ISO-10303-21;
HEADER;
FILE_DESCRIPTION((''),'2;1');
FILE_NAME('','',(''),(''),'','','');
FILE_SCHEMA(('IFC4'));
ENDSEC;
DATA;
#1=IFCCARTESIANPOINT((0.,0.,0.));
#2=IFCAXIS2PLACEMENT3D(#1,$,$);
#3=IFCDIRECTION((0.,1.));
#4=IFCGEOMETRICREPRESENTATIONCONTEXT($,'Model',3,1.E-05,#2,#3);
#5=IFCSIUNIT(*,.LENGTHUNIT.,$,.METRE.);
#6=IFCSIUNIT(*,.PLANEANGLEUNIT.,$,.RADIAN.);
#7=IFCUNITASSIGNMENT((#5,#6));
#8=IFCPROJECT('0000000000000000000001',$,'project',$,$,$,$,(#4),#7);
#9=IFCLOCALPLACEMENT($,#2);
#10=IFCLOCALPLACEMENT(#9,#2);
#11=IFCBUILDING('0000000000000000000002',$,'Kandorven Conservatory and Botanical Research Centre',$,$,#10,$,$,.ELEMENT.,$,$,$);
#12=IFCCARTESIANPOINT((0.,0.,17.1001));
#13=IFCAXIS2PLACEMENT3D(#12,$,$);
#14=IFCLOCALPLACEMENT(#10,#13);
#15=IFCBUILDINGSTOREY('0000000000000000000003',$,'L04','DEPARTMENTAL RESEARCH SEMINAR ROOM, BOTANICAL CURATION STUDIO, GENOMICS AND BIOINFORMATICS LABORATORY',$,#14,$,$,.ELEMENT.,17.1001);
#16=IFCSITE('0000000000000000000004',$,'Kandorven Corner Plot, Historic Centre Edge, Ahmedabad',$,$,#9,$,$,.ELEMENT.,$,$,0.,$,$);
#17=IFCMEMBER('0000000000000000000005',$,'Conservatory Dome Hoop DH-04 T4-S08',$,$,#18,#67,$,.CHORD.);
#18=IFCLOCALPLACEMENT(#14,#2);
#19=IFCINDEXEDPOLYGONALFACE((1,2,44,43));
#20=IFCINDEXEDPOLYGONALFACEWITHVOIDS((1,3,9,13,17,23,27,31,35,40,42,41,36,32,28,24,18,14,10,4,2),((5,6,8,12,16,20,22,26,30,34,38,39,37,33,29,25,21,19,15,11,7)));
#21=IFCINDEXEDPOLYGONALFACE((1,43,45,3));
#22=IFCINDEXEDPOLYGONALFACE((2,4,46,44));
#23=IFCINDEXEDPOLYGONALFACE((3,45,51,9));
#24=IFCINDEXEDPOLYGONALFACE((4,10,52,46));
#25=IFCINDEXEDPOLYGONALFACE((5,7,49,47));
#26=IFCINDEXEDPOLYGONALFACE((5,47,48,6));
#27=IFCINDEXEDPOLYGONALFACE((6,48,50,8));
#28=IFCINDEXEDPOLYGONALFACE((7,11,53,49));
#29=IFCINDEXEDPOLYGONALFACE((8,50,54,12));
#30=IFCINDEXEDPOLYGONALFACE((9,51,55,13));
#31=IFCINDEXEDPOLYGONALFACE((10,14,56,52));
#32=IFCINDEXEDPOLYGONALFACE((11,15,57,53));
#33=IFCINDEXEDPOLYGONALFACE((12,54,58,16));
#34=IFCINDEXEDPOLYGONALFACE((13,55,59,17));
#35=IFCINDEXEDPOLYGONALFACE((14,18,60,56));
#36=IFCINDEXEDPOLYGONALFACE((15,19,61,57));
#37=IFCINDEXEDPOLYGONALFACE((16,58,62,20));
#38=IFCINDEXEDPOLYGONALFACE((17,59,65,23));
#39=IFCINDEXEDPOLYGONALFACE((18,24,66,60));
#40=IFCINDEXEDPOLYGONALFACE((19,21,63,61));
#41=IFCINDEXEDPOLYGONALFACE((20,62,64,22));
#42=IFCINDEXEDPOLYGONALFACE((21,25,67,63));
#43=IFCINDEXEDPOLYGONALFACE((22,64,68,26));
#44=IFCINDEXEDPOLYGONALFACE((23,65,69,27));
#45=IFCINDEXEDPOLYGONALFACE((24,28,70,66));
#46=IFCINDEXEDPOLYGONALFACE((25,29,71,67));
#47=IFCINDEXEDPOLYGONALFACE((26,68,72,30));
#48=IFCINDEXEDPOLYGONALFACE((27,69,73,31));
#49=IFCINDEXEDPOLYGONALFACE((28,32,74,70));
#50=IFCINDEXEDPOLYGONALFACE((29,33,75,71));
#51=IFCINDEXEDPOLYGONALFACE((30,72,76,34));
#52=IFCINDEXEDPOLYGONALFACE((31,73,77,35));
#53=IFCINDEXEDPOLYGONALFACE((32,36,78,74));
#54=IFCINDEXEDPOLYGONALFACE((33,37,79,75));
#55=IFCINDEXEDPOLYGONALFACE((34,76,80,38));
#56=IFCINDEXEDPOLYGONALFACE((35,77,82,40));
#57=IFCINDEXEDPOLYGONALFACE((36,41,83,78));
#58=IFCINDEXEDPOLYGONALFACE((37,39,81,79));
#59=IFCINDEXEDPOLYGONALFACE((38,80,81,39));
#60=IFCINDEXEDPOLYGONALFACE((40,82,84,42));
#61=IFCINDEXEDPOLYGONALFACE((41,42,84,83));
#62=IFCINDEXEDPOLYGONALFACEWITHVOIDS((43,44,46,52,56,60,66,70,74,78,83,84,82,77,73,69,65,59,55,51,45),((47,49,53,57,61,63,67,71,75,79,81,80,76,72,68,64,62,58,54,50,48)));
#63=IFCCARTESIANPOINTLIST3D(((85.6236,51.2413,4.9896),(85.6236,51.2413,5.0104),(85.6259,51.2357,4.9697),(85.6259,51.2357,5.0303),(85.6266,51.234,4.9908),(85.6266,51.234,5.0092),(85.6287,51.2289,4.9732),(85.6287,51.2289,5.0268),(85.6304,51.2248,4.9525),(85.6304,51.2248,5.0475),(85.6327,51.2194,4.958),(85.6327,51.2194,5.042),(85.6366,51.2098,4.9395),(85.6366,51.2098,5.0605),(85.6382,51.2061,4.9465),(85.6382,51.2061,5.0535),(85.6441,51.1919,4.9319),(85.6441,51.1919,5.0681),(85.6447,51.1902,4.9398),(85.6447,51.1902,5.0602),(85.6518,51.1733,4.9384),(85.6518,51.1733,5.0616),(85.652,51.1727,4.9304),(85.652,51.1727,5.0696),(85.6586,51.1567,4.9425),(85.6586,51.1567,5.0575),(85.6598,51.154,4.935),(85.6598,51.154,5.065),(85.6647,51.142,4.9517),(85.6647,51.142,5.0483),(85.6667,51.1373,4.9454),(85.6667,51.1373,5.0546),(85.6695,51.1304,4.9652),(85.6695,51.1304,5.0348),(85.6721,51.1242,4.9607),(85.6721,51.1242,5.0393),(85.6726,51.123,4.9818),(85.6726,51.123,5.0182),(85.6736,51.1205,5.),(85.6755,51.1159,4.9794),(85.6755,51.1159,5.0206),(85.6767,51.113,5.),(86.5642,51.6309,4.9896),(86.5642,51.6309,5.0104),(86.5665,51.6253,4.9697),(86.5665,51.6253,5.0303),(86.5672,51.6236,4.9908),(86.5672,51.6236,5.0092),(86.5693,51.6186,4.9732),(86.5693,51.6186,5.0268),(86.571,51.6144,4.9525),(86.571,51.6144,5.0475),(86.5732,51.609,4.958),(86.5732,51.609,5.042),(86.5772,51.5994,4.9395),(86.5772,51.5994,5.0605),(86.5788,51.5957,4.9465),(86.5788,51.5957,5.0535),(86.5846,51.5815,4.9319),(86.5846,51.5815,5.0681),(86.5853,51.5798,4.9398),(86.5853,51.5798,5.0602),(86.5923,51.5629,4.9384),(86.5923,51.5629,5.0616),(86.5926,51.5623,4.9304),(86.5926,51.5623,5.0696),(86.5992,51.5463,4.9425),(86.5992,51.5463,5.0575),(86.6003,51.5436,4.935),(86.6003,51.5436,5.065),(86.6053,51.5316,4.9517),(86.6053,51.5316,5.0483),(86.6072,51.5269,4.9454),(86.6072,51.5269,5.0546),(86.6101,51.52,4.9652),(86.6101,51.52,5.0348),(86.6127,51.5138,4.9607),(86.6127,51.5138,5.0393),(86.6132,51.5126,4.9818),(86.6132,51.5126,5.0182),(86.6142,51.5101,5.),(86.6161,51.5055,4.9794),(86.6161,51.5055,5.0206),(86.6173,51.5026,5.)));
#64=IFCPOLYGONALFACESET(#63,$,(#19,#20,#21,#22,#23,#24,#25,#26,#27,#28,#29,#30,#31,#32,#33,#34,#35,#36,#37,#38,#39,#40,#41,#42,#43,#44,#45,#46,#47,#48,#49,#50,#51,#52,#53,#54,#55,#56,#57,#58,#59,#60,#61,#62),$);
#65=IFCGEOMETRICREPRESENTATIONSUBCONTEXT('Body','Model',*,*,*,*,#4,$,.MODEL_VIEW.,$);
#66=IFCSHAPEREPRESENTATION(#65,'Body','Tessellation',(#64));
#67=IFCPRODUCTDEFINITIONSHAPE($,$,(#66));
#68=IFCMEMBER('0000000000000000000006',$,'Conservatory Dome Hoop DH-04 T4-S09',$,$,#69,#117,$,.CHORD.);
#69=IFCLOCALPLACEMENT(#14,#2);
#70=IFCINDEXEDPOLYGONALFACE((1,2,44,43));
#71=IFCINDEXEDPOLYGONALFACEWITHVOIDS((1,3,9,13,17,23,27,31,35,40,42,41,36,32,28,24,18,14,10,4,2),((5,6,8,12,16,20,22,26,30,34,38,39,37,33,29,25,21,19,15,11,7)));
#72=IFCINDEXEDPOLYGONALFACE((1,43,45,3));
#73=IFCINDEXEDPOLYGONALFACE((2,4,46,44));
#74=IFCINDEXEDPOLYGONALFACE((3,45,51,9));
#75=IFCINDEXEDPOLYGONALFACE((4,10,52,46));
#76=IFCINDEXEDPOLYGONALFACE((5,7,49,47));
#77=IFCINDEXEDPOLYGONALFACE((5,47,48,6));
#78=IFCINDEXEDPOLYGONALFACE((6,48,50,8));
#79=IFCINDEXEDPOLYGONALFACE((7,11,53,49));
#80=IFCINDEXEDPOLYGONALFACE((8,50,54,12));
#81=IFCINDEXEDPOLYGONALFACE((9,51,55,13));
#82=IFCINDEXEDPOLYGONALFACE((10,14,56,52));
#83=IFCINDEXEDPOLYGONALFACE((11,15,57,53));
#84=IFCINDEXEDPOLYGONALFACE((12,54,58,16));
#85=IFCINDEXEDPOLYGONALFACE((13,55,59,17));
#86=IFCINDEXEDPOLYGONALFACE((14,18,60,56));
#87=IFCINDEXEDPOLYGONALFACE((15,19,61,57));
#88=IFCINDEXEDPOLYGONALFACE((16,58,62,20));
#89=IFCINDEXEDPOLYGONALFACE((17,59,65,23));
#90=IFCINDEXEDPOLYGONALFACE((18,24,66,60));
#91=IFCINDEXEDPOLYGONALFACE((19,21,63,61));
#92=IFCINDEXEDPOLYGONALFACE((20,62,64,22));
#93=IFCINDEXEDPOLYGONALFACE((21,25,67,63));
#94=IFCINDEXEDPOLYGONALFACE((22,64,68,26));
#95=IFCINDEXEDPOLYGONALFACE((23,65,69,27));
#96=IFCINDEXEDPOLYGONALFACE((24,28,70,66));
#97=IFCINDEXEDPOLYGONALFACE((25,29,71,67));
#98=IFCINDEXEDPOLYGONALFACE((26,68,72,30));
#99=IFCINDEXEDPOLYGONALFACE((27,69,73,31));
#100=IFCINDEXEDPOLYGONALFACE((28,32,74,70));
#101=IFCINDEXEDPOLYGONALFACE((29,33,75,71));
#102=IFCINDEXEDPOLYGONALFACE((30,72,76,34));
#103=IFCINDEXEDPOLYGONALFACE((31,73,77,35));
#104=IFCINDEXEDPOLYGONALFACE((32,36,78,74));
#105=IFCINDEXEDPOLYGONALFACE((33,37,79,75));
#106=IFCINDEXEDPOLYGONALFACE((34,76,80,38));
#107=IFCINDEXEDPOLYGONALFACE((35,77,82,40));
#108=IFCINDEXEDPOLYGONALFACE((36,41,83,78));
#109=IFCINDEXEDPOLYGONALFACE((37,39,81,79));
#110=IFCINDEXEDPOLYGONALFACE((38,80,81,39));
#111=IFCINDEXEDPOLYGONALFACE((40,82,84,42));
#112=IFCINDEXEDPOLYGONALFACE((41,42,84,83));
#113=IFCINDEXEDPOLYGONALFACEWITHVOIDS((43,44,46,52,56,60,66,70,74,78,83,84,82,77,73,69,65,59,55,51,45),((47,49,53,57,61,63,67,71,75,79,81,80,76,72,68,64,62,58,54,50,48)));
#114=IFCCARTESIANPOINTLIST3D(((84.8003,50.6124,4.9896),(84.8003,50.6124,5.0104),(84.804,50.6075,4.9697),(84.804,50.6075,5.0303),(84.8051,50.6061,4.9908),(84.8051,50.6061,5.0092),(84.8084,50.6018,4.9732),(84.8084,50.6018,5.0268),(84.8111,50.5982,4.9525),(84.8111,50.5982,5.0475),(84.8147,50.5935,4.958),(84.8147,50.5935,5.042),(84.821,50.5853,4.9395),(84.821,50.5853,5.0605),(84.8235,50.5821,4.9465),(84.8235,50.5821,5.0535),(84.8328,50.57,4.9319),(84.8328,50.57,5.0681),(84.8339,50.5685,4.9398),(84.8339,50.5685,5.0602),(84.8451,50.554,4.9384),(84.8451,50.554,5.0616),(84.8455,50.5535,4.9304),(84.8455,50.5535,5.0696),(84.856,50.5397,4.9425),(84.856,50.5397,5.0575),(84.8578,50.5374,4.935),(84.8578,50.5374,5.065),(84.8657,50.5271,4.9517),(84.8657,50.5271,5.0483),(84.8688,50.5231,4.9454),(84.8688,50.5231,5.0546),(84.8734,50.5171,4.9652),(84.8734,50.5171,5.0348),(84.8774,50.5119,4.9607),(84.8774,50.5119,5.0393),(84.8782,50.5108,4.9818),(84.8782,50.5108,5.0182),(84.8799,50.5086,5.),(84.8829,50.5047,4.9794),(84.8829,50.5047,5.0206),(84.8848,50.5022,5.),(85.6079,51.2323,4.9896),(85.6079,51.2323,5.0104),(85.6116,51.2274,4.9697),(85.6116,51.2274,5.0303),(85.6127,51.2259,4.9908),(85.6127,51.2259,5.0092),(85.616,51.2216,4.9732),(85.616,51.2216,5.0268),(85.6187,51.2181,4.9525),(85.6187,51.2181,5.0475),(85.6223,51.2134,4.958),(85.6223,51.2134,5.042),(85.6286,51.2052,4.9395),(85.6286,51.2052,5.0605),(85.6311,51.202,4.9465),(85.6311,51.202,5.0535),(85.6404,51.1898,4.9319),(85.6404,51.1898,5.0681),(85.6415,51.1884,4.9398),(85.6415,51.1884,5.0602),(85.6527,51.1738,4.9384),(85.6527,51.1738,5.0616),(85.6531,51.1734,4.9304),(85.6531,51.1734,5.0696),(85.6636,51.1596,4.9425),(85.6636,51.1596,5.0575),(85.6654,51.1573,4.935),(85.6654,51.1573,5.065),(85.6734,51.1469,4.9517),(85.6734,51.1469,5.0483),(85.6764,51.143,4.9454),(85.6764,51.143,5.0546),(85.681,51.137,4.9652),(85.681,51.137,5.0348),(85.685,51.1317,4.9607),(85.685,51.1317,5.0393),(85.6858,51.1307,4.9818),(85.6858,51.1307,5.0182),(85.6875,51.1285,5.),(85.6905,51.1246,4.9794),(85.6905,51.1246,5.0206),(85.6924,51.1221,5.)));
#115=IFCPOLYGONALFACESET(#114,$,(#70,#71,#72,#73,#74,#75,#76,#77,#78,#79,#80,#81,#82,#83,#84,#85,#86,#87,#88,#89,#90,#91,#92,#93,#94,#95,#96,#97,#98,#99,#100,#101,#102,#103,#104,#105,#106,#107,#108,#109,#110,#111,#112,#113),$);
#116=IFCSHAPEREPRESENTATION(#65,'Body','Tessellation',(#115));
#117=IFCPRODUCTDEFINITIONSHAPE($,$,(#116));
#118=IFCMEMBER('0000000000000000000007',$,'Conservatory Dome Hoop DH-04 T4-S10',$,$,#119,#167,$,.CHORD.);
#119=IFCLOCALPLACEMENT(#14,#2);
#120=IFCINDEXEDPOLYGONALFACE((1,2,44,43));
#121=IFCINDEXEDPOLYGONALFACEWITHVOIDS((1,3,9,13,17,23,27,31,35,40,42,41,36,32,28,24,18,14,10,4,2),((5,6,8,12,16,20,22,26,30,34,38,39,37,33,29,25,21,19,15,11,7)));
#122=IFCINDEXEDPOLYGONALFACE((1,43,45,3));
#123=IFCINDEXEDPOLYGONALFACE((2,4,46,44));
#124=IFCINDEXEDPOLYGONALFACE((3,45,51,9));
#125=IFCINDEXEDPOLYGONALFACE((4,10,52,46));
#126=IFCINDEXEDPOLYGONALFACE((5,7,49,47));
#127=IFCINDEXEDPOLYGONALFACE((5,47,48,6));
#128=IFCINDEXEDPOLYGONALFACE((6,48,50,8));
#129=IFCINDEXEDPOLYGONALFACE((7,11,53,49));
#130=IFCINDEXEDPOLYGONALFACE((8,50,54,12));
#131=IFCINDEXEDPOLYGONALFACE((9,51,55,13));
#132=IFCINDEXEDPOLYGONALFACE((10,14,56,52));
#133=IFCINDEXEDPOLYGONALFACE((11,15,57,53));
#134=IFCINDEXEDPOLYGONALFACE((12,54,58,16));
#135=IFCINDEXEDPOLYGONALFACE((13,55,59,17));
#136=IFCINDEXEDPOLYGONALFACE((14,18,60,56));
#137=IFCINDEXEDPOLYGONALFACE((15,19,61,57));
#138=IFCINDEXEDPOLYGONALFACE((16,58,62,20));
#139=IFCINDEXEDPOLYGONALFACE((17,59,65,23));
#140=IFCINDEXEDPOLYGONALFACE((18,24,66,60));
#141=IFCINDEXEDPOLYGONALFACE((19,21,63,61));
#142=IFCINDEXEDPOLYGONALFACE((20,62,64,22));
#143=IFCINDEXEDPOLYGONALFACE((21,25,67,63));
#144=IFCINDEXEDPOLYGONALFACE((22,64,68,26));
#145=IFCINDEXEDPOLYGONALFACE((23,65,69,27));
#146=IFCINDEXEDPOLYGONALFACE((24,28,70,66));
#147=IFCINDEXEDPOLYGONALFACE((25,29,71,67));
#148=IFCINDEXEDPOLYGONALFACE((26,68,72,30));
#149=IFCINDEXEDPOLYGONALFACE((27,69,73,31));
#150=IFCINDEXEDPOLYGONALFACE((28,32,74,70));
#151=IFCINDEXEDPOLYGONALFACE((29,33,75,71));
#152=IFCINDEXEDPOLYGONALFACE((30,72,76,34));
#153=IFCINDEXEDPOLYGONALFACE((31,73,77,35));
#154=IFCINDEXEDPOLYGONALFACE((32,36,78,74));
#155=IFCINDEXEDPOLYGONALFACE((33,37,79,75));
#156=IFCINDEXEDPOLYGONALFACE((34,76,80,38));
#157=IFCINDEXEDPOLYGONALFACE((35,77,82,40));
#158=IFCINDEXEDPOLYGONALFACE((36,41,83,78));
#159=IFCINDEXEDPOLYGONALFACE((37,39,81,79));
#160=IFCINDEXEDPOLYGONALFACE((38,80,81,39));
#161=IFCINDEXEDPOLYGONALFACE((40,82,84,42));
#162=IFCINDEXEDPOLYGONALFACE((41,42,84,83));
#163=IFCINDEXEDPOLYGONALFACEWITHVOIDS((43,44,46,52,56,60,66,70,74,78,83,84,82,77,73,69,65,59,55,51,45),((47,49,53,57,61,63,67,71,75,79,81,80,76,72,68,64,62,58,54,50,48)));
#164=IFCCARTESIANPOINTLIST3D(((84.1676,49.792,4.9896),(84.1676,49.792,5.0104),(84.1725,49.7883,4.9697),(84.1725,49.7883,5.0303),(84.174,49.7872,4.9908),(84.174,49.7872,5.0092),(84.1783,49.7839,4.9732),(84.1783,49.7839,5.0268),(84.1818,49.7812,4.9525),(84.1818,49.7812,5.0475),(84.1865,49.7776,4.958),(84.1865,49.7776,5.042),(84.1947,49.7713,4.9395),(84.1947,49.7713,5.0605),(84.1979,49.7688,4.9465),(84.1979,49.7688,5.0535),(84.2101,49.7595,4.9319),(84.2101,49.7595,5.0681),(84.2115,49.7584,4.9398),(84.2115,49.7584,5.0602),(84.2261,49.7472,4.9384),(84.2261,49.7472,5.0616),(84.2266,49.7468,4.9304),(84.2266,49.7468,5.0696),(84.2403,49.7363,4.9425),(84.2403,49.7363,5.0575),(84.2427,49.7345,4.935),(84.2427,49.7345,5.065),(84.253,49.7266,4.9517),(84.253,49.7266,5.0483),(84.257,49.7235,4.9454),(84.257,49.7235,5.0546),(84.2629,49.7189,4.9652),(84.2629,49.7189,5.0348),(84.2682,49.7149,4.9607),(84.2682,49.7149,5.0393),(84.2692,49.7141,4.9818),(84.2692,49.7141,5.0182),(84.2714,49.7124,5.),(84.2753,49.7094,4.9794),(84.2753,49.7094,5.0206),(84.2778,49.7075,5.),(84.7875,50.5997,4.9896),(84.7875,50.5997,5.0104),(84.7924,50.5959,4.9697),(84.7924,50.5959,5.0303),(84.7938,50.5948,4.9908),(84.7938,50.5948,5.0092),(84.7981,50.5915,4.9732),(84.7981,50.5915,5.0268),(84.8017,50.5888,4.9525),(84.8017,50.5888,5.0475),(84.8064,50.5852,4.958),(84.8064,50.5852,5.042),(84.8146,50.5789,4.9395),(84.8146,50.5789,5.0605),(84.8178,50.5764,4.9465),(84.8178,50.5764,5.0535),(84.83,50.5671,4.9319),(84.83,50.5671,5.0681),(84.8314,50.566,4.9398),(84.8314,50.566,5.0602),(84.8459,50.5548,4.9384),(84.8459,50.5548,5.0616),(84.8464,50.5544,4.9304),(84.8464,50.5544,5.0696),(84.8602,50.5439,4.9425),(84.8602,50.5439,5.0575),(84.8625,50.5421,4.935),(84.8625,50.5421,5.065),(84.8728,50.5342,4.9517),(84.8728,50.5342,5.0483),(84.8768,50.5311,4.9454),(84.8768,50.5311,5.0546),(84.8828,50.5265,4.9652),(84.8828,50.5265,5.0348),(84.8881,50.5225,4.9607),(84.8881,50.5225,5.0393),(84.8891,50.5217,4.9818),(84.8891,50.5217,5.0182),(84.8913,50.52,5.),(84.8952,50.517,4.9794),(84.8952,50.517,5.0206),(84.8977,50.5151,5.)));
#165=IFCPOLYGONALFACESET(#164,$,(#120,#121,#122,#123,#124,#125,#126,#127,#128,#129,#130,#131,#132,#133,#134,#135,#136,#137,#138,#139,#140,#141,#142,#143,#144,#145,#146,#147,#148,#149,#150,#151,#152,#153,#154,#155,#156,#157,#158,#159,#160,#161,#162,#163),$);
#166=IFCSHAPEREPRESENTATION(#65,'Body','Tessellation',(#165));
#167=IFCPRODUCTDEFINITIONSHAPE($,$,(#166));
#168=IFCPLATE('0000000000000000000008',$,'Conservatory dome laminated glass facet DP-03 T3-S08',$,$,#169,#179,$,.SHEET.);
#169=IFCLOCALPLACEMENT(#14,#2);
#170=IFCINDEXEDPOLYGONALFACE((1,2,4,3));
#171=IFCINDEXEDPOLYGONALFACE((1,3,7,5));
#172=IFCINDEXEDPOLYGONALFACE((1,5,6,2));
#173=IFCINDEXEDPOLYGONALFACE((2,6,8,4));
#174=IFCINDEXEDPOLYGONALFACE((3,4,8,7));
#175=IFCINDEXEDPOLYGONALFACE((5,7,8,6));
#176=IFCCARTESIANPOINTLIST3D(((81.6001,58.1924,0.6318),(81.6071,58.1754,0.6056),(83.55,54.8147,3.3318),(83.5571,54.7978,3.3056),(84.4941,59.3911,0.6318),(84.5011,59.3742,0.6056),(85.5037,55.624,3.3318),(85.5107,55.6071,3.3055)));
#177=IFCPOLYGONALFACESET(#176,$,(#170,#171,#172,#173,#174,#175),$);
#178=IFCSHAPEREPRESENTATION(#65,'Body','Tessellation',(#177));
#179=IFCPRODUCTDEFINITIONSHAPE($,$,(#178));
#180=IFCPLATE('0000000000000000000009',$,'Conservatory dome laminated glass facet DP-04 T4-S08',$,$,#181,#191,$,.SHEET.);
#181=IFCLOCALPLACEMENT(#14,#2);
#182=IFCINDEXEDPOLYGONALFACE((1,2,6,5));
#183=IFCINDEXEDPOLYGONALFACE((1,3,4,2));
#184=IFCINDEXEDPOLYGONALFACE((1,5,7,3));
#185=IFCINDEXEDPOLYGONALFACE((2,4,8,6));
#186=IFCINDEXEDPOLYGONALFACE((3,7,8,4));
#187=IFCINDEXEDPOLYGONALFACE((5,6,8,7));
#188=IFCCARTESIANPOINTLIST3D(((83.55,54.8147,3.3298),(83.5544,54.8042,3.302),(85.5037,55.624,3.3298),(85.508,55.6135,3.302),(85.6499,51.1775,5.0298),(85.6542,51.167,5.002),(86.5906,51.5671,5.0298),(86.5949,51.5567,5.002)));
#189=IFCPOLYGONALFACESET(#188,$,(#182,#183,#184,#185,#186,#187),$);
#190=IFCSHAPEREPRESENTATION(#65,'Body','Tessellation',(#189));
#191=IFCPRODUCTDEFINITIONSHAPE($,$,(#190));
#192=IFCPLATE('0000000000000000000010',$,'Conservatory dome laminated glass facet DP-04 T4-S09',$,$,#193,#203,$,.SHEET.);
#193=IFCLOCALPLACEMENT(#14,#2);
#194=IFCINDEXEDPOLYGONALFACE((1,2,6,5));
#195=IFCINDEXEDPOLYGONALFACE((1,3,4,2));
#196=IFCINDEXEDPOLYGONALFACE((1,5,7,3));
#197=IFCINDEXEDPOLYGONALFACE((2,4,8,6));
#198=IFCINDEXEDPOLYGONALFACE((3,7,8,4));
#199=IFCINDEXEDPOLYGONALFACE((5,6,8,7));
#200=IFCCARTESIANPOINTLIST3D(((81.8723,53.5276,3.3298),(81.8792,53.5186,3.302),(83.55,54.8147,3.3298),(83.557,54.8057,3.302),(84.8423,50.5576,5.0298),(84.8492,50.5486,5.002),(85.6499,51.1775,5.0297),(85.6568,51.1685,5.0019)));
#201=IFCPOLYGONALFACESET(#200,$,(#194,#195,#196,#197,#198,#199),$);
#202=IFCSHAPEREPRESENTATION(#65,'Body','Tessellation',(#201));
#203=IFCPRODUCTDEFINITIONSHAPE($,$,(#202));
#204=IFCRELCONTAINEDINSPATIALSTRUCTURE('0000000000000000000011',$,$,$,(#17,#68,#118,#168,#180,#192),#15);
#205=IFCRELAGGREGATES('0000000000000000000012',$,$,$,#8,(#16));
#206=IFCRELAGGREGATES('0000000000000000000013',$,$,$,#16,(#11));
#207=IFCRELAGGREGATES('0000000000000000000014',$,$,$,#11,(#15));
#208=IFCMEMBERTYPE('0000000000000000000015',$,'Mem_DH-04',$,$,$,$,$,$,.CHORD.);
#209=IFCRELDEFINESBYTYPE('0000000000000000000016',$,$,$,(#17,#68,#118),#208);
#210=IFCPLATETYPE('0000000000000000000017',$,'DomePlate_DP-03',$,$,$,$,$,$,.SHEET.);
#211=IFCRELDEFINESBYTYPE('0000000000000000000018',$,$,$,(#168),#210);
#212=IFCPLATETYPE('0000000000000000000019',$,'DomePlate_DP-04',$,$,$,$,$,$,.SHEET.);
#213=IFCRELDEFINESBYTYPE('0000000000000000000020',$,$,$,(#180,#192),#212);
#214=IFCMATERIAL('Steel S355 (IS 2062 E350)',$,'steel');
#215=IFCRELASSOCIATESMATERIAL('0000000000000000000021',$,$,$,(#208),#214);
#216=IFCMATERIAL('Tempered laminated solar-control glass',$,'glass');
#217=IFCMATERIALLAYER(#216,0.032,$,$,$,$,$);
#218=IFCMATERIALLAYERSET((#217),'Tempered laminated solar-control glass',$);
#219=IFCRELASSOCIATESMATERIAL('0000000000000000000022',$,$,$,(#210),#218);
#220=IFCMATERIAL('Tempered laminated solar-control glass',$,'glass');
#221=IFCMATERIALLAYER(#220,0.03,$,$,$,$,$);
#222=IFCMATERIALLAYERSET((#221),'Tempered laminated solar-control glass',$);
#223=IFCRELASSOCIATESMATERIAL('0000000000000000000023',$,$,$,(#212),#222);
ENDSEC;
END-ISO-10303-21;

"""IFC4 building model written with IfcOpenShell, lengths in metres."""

from ifc_helpers import new_model, si_unit, direction, frame, origin, origin_2d, place, context, subcontext, project, spatial, polyline, hollow_circle, outline, extrude, material, layer, layer_set, material_profile, profile_set, type_object, element, save


model = new_model("IFC4")

# Units and contexts
model_context = context("Model", 3, precision=1e-05, world=origin(), true_north=direction((0.0, 1.0)))
body_context = subcontext(model_context, "Body", "Model", "MODEL_VIEW")
ifc_project = project(units=[si_unit("LENGTHUNIT", "METRE"), si_unit("PLANEANGLEUNIT", "RADIAN")], contexts=[model_context])

# Site, building, storey
site_placement = place(None, origin())
site = spatial("IfcSite", under=ifc_project, at=site_placement, Name="Kandorven Corner Plot, Historic Centre Edge, Ahmedabad", CompositionType="ELEMENT", RefElevation=0.0)
building_placement = place(site_placement, origin())
building = spatial("IfcBuilding", under=site, at=building_placement, Name="Kandorven Conservatory and Botanical Research Centre", CompositionType="ELEMENT")
storey_placement = place(building_placement, frame((0.0, 0.0, 17.1001)))
storey = spatial("IfcBuildingStorey", under=building, at=storey_placement, Name="L04", Description="DEPARTMENTAL RESEARCH SEMINAR ROOM, BOTANICAL CURATION STUDIO, GENOMICS AND BIOINFORMATICS LABORATORY", CompositionType="ELEMENT", Elevation=17.1001)

# Members
ifc_material_1 = material(Name="Steel S355 (IS 2062 E350)", Category="steel")
ifc_material_profile_1 = material_profile(ifc_material_1, hollow_circle(Radius=0.0698, WallThickness=0.0081, at=origin_2d()))
ifc_profile_set_1 = profile_set([ifc_material_profile_1], Name="Steel S355 (IS 2062 E350)")
member_type_1 = type_object("IfcMemberType", Name="Mem_DH-04", PredefinedType="CHORD", material=ifc_profile_set_1)
for number, where, z_axis, x_axis, name in (
    (1, (86.5906, 51.5671, 5.0), (-0.923877, -0.382691, 0.0), (0.382691, -0.923877, 0.0), "Conservatory Dome Hoop DH-04 T4-S08"),
    (2, (85.6499, 51.1775, 5.0), (-0.793274, -0.608864, 0.0), (0.608864, -0.793274, 0.0), "Conservatory Dome Hoop DH-04 T4-S09"),
    (3, (84.8423, 50.5576, 5.0), (-0.608864, -0.793274, 0.0), (0.793274, -0.608864, 0.0), "Conservatory Dome Hoop DH-04 T4-S10"),
):
    element("IfcMember", number, at=place(storey_placement, frame(where, z_axis=z_axis, x_axis=x_axis)), inside=storey, type_object=member_type_1, Name=name, PredefinedType="CHORD", context=body_context, shape_type="SweptSolid", body=[
        extrude(hollow_circle(Radius=0.0698, WallThickness=0.0081, at=origin_2d()), origin(), (0.0, 0.0, 1.0), 1.0181),
    ])

# Plates
ifc_material_2 = material(Name="Tempered laminated solar-control glass", Category="glass")
ifc_layer_1 = layer(ifc_material_2, 0.032)
ifc_layer_set_1 = layer_set([ifc_layer_1], Name="Tempered laminated solar-control glass")
plate_type_1 = type_object("IfcPlateType", Name="DomePlate_DP-03", PredefinedType="SHEET", material=ifc_layer_set_1)
plate_1_placement = place(storey_placement, frame((84.4941, 59.3911, 0.6318), z_axis=(-0.219095, 0.528918, 0.819904), x_axis=(-0.923879, -0.382684, -0.000011)))
element("IfcPlate", 4, at=plate_1_placement, inside=storey, type_object=plate_type_1, Name="Conservatory dome laminated glass facet DP-03 T3-S08", PredefinedType="SHEET", context=body_context, shape_type="SweptSolid", body=[
    extrude(outline(polyline([(0.0, 0.0), (3.1325, 0.0), (2.6235, 4.7161), (0.5089, 4.716), (0.0, 0.0)])), origin(), (0.0, 0.0, -1.0), 0.032),
])
ifc_material_3 = material(Name="Tempered laminated solar-control glass", Category="glass")
ifc_layer_2 = layer(ifc_material_3, 0.03)
ifc_layer_set_2 = layer_set([ifc_layer_2], Name="Tempered laminated solar-control glass")
plate_type_2 = type_object("IfcPlateType", Name="DomePlate_DP-04", PredefinedType="SHEET", material=ifc_layer_set_2)
plate_2_placement = place(storey_placement, frame((85.5037, 55.624, 3.3298), z_axis=(-0.144655, 0.349192, 0.925819), x_axis=(-0.923861, -0.382727, 0.000005)))
element("IfcPlate", 5, at=plate_2_placement, inside=storey, type_object=plate_type_2, Name="Conservatory dome laminated glass facet DP-04 T4-S08", PredefinedType="SHEET", context=body_context, shape_type="SweptSolid", body=[
    extrude(outline(polyline([(0.0, 0.0), (2.1146, 0.0), (1.5667, 4.4976), (0.5485, 4.4976), (0.0, 0.0)])), origin(), (0.0, 0.0, -1.0), 0.03),
])
plate_3_placement = place(storey_placement, frame((83.55, 54.8147, 3.3298), z_axis=(-0.23008, 0.299861, 0.925822), x_axis=(-0.793407, -0.608692, -0.000026)))
element("IfcPlate", 6, at=plate_3_placement, inside=storey, type_object=plate_type_2, Name="Conservatory dome laminated glass facet DP-04 T4-S09", PredefinedType="SHEET", context=body_context, shape_type="SweptSolid", body=[
    extrude(outline(polyline([(0.0, 0.0), (2.1146, 0.0), (1.5659, 4.4978), (0.5479, 4.4976), (0.0, 0.0)])), origin(), (0.0, 0.0, -1.0), 0.03),
])

save(model, "model.ifc")
